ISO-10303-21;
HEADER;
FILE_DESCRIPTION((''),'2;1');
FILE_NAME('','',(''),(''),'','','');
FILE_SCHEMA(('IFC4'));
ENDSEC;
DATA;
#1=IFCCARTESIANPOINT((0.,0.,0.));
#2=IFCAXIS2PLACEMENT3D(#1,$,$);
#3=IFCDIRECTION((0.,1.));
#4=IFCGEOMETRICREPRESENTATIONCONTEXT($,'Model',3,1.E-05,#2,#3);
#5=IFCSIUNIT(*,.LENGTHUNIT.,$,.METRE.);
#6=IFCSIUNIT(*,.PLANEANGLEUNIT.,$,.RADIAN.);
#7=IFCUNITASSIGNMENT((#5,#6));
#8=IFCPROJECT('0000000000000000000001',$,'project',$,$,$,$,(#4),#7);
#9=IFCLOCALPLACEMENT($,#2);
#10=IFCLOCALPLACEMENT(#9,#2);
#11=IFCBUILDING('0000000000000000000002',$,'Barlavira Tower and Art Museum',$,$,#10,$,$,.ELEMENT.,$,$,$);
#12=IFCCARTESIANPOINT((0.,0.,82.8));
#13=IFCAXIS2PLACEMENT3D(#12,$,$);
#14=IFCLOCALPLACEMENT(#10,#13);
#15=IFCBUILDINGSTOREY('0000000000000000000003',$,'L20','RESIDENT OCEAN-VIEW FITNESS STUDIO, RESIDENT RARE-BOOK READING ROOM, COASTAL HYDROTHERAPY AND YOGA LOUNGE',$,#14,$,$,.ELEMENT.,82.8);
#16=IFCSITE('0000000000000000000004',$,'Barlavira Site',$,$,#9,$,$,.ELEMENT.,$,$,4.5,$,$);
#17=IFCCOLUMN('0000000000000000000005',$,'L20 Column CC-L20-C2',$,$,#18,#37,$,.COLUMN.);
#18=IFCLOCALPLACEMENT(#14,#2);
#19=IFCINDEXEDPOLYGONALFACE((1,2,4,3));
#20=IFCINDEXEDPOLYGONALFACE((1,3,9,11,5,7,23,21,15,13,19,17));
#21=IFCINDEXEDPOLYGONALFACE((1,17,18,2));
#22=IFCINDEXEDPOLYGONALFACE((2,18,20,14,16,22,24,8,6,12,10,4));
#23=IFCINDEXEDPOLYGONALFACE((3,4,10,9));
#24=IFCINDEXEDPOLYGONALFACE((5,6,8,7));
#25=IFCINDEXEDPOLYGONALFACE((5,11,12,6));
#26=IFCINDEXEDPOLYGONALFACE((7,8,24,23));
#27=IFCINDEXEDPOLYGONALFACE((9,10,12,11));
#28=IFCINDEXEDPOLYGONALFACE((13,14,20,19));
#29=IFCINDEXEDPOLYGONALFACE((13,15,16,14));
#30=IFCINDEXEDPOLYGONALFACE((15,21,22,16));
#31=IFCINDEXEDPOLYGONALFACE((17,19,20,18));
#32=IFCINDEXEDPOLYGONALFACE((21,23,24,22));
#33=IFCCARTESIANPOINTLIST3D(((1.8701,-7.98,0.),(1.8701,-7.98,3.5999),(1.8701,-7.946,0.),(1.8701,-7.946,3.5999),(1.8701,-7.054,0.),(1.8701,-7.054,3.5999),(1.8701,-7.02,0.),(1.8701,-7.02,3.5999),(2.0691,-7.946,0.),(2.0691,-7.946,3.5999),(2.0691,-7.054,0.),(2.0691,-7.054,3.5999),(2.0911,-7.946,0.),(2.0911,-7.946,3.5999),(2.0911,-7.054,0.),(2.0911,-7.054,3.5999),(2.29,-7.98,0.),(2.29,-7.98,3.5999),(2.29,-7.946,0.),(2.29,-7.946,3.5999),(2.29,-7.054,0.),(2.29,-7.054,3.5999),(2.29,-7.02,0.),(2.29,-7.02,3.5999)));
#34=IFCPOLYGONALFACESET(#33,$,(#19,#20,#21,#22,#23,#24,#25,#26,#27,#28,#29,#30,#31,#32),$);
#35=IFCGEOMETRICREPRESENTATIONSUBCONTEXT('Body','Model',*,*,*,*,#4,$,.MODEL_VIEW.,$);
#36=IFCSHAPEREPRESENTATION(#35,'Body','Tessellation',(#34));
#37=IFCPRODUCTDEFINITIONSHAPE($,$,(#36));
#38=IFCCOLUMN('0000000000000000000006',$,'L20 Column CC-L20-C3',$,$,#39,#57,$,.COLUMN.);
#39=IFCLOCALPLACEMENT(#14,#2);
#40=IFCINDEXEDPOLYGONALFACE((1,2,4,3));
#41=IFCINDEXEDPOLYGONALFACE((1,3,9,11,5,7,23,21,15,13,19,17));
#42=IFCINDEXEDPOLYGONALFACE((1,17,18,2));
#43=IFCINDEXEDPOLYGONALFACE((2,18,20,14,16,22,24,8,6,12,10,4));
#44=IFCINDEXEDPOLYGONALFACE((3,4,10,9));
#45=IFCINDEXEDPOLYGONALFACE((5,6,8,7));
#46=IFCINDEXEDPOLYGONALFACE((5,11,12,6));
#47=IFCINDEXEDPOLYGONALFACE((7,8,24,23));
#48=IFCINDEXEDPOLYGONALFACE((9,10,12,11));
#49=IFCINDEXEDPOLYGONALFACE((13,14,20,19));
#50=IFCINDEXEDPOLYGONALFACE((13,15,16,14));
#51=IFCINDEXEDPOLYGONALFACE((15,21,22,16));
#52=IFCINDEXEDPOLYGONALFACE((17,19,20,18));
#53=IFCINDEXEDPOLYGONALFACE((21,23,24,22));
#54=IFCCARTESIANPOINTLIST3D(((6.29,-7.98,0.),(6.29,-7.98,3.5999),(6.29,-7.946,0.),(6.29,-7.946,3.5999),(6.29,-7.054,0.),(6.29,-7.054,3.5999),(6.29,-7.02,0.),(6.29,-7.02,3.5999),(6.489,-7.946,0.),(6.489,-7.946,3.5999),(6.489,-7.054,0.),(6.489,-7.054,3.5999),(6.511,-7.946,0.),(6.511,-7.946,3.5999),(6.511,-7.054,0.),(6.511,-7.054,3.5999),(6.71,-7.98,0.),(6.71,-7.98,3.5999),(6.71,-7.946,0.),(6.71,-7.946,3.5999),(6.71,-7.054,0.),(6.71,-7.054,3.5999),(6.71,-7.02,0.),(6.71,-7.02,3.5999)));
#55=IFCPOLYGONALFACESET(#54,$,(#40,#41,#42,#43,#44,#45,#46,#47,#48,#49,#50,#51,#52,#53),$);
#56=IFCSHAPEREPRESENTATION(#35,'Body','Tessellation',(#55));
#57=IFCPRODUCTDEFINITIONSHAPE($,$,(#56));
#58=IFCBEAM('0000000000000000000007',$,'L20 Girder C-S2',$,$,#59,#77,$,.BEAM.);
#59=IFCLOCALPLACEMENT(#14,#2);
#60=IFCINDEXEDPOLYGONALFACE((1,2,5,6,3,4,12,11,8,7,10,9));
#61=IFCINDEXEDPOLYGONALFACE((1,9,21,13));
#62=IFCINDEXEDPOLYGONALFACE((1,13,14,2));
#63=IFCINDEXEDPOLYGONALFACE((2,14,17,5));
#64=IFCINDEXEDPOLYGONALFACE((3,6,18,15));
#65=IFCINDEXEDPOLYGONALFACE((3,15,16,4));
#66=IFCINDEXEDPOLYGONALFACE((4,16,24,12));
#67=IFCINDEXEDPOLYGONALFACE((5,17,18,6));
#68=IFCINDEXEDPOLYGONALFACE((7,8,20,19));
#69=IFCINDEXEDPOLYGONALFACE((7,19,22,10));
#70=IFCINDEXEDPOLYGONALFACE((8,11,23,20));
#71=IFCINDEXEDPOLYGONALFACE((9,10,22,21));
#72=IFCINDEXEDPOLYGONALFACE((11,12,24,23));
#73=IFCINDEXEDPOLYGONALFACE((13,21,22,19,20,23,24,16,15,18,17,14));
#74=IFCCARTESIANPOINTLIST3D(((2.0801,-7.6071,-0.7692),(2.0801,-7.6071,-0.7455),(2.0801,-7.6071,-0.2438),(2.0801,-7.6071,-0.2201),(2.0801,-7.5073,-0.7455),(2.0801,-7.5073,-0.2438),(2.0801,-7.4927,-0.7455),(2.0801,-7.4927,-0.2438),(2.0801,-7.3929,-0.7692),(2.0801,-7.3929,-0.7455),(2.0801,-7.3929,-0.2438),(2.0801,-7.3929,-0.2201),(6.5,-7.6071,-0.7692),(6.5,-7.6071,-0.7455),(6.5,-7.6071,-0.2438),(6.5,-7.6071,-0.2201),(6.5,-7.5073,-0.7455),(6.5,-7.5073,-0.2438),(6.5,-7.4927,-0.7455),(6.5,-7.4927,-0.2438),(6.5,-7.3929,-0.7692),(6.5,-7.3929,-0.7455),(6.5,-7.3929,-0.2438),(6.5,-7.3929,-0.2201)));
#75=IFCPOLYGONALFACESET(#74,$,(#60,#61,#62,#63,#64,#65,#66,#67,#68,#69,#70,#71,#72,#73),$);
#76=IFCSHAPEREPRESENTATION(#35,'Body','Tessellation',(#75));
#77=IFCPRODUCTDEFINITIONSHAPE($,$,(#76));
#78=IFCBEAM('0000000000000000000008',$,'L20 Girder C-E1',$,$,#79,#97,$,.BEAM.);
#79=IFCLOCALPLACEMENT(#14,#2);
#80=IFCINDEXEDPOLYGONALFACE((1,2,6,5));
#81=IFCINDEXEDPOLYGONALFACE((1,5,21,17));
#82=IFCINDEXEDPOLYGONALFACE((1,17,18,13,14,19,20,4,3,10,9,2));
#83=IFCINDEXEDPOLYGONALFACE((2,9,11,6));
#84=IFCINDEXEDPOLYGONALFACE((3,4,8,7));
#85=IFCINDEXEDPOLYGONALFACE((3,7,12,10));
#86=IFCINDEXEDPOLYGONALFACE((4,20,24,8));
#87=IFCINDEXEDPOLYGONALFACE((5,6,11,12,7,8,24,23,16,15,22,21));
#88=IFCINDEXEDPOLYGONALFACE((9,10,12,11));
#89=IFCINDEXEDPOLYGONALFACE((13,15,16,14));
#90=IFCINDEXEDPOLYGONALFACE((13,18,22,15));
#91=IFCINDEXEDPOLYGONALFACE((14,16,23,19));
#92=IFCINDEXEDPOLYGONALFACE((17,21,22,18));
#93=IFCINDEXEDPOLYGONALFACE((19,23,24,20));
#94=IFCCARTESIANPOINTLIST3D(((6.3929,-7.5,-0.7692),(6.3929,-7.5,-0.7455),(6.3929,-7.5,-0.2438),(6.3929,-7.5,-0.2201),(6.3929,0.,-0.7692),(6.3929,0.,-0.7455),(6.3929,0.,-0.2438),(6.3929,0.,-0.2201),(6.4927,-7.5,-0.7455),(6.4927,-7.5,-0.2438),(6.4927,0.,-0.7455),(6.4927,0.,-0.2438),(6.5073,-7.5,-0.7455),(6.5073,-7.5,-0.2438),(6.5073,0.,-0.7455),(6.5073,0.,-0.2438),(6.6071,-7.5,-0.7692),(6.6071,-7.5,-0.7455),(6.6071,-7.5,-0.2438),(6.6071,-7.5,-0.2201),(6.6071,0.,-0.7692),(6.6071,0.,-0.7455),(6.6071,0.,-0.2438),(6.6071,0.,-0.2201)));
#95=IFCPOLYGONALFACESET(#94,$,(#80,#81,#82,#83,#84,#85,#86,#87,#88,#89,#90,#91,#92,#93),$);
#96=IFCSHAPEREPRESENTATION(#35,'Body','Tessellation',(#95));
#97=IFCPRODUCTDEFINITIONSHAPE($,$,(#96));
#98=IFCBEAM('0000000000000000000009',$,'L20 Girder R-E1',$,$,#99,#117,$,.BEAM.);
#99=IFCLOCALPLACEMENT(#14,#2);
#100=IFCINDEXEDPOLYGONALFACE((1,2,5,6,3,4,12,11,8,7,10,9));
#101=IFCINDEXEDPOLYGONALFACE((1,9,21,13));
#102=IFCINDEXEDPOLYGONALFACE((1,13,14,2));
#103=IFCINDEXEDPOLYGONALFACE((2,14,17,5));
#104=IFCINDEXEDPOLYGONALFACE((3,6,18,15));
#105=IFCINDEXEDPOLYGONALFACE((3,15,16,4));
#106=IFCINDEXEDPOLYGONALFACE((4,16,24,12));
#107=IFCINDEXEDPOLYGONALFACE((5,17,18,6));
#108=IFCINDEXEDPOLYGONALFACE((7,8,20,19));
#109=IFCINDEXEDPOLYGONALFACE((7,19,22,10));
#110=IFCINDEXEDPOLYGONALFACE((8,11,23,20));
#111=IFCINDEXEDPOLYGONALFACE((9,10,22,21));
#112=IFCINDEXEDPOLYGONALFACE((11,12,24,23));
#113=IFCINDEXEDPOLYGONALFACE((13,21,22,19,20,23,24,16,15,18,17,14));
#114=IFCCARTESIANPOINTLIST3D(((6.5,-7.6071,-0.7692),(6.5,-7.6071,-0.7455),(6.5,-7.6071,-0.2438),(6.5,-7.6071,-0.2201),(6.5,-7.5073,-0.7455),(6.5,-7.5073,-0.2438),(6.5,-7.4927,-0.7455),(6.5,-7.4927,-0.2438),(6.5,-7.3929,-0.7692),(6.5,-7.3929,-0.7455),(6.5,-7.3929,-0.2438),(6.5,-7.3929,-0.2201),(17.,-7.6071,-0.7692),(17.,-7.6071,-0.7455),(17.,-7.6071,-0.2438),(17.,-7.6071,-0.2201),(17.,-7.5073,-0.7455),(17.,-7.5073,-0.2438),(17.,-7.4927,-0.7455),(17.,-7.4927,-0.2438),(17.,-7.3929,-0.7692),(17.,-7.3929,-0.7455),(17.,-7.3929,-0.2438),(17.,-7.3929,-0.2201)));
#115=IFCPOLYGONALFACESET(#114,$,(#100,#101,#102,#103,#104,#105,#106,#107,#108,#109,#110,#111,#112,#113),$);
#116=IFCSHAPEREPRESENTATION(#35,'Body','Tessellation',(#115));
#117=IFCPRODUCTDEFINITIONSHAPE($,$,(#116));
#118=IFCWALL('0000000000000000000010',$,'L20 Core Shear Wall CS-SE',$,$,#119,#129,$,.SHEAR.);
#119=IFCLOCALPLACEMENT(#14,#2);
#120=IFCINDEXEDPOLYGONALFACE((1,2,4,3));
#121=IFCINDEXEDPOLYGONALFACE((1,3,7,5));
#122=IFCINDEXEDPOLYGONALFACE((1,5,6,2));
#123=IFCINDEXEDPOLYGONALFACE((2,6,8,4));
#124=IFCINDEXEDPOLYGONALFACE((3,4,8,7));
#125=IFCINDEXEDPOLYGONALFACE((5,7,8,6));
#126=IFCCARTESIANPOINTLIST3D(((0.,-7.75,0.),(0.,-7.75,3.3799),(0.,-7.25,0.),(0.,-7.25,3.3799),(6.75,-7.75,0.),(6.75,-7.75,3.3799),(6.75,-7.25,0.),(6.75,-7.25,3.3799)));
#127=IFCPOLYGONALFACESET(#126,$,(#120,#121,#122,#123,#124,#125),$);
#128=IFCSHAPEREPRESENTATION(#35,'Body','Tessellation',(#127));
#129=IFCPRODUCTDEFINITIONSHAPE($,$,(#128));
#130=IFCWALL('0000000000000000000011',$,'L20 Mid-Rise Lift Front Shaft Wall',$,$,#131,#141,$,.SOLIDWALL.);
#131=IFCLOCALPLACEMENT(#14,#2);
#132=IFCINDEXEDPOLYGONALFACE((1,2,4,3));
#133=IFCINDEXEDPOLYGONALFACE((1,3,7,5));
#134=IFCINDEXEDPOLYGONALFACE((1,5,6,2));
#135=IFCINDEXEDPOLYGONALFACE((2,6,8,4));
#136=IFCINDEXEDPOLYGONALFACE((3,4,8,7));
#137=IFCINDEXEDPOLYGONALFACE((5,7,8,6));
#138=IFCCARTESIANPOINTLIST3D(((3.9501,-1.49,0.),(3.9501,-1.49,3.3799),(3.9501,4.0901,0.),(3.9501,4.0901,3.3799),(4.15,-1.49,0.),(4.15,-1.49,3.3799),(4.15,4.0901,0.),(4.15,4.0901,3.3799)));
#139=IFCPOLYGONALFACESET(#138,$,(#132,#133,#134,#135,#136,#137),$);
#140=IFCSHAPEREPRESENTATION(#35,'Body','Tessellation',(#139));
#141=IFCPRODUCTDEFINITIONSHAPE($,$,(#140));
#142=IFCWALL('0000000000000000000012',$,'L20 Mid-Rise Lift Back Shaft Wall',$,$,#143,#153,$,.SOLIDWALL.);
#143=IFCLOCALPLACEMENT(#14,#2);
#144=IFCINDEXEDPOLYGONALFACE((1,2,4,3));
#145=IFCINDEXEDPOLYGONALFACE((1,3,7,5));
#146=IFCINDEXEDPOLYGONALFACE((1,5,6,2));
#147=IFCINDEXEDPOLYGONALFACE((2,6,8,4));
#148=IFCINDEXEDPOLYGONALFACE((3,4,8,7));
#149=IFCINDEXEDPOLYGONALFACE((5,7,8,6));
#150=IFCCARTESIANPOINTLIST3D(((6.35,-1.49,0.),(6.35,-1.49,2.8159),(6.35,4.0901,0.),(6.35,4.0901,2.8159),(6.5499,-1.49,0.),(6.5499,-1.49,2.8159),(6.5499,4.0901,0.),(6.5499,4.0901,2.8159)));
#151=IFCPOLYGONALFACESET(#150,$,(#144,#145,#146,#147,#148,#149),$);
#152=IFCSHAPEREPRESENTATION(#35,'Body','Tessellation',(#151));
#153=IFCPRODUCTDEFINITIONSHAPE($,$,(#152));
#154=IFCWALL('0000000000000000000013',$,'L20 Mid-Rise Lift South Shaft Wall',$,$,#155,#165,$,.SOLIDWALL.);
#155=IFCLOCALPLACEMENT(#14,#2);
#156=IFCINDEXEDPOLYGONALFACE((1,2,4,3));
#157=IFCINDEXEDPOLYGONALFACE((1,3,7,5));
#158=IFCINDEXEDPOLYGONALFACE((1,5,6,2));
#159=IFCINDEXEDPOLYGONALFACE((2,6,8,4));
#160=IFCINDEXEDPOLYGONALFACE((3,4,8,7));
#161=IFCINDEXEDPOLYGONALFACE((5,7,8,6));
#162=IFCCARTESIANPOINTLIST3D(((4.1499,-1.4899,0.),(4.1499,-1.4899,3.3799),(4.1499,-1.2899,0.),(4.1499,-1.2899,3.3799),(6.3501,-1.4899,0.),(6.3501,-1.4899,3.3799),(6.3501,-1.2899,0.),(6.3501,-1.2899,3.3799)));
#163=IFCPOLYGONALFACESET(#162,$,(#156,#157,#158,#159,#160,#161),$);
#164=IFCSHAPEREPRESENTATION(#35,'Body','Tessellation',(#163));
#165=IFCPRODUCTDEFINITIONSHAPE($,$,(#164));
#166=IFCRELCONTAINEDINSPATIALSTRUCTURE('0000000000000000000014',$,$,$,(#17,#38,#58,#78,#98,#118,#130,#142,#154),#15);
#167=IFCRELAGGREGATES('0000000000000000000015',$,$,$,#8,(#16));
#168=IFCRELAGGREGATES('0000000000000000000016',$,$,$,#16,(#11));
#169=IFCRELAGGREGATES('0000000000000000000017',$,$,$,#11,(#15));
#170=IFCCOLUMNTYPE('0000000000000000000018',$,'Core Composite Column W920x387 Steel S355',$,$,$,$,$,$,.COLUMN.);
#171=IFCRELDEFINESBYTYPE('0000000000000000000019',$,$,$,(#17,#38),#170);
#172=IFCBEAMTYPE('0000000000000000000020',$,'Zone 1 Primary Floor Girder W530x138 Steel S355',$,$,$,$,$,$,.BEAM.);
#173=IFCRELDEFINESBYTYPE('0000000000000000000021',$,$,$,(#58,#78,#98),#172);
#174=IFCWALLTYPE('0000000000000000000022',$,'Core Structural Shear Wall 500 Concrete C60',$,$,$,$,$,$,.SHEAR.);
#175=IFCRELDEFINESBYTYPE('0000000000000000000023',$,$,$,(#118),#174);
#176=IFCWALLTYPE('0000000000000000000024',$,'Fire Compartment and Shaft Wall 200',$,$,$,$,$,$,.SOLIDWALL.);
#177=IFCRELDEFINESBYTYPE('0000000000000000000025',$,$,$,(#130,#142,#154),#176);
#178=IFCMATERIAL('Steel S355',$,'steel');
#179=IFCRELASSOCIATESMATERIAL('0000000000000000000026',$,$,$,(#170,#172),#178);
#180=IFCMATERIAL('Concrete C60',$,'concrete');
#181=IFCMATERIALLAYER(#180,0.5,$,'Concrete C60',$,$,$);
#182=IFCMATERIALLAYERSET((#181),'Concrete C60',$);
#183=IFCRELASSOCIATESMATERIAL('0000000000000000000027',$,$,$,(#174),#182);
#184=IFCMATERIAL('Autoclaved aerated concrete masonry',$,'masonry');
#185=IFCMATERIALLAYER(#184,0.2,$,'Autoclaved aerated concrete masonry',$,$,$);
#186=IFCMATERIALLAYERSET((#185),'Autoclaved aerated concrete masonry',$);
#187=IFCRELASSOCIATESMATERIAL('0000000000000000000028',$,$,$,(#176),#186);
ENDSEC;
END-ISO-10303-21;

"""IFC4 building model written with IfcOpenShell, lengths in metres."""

from ifc_helpers import new_model, si_unit, direction, frame, frame_2d, origin, origin_2d, place, context, subcontext, project, spatial, rectangle, i_section, extrude, material, layer, layer_set, material_profile, profile_set, type_object, element, save


model = new_model("IFC4")

# Units and contexts
model_context = context("Model", 3, precision=1e-05, world=origin(), true_north=direction((0.0, 1.0)))
body_context = subcontext(model_context, "Body", "Model", "MODEL_VIEW")
ifc_project = project(units=[si_unit("LENGTHUNIT", "METRE"), si_unit("PLANEANGLEUNIT", "RADIAN")], contexts=[model_context])

# Site, building, storey
site_placement = place(None, origin())
site = spatial("IfcSite", under=ifc_project, at=site_placement, Name="Barlavira Site", CompositionType="ELEMENT", RefElevation=4.5)
building_placement = place(site_placement, origin())
building = spatial("IfcBuilding", under=site, at=building_placement, Name="Barlavira Tower and Art Museum", CompositionType="ELEMENT")
storey_placement = place(building_placement, frame((0.0, 0.0, 82.8)))
storey = spatial("IfcBuildingStorey", under=building, at=storey_placement, Name="L20", Description="RESIDENT OCEAN-VIEW FITNESS STUDIO, RESIDENT RARE-BOOK READING ROOM, COASTAL HYDROTHERAPY AND YOGA LOUNGE", CompositionType="ELEMENT", Elevation=82.8)

# Columns
ifc_material_1 = material(Name="Steel S355", Category="steel")
ifc_material_profile_1 = material_profile(ifc_material_1, i_section(OverallWidth=0.4199, OverallDepth=0.96, WebThickness=0.022, FlangeThickness=0.0339, at=origin_2d()), Name="W920x387.0")
ifc_profile_set_1 = profile_set([ifc_material_profile_1], Name="Steel S355")
column_type = type_object("IfcColumnType", Name="Core Composite Column W920x387 Steel S355", PredefinedType="COLUMN", material=ifc_profile_set_1)
for number, where, z_axis, x_axis, name in (
    (1, (2.0801, -7.5, 0.0), (0.0, 0.0, 1.0), (1.0, 0.0, 0.0), "L20 Column CC-L20-C2"),
    (2, (6.5, -7.5, 0.0), (0.0, 0.0, 1.0), (1.0, 0.0, 0.0), "L20 Column CC-L20-C3"),
):
    element("IfcColumn", number, at=place(storey_placement, frame(where, z_axis=z_axis, x_axis=x_axis)), inside=storey, type_object=column_type, Name=name, PredefinedType="COLUMN", context=body_context, shape_type="SweptSolid", body=[
        extrude(i_section(OverallWidth=0.4199, OverallDepth=0.96, WebThickness=0.022, FlangeThickness=0.0339, at=origin_2d()), origin(), (0.0, 0.0, 1.0), 3.5999),
    ])

# Beams
ifc_material_profile_2 = material_profile(ifc_material_1, i_section(OverallWidth=0.2141, OverallDepth=0.5491, WebThickness=0.0146, FlangeThickness=0.0237, at=origin_2d()), Name="W530x138.0")
ifc_profile_set_2 = profile_set([ifc_material_profile_2], Name="Steel S355")
beam_type = type_object("IfcBeamType", Name="Zone 1 Primary Floor Girder W530x138 Steel S355", PredefinedType="BEAM", material=ifc_profile_set_2)
beam_1_placement = place(storey_placement, frame((2.0801, -7.5, -0.4946), z_axis=(1.0, 0.0, 0.0), x_axis=(0.0, 1.0, 0.0)))
element("IfcBeam", 3, at=beam_1_placement, inside=storey, type_object=beam_type, Name="L20 Girder C-S2", PredefinedType="BEAM", context=body_context, shape_type="SweptSolid", body=[
    extrude(i_section(OverallWidth=0.2141, OverallDepth=0.5491, WebThickness=0.0146, FlangeThickness=0.0237, at=origin_2d()), origin(), (0.0, 0.0, 1.0), 4.4199),
])
beam_2_placement = place(storey_placement, frame((6.5, -7.5, -0.4946), z_axis=(0.0, 1.0, 0.0), x_axis=(-1.0, 0.0, 0.0)))
element("IfcBeam", 4, at=beam_2_placement, inside=storey, type_object=beam_type, Name="L20 Girder C-E1", PredefinedType="BEAM", context=body_context, shape_type="SweptSolid", body=[
    extrude(i_section(OverallWidth=0.2141, OverallDepth=0.5491, WebThickness=0.0146, FlangeThickness=0.0237, at=origin_2d()), origin(), (0.0, 0.0, 1.0), 7.5),
])
beam_3_placement = place(storey_placement, frame((6.5, -7.5, -0.4946), z_axis=(1.0, 0.0, 0.0), x_axis=(0.0, 1.0, 0.0)))
element("IfcBeam", 5, at=beam_3_placement, inside=storey, type_object=beam_type, Name="L20 Girder R-E1", PredefinedType="BEAM", context=body_context, shape_type="SweptSolid", body=[
    extrude(i_section(OverallWidth=0.2141, OverallDepth=0.5491, WebThickness=0.0146, FlangeThickness=0.0237, at=origin_2d()), origin(), (0.0, 0.0, 1.0), 10.5),
])

# Wall
ifc_material_2 = material(Name="Concrete C60", Category="concrete")
ifc_layer_1 = layer(ifc_material_2, 0.5, Name="Concrete C60")
ifc_layer_set_1 = layer_set([ifc_layer_1], Name="Concrete C60")
wall_type_1 = type_object("IfcWallType", Name="Core Structural Shear Wall 500 Concrete C60", PredefinedType="SHEAR", material=ifc_layer_set_1)
wall_1_placement = place(storey_placement, frame((0.0, -7.5, 0.0), z_axis=(0.0, 0.0, 1.0), x_axis=(1.0, 0.0, 0.0)))
element("IfcWall", 6, at=wall_1_placement, inside=storey, type_object=wall_type_1, Name="L20 Core Shear Wall CS-SE", PredefinedType="SHEAR", context=body_context, shape_type="SweptSolid", body=[
    extrude(rectangle(XDim=6.75, YDim=0.5, at=frame_2d((3.375, 0.0))), origin(), (0.0, 0.0, 1.0), 3.3799),
])

# Walls
ifc_material_3 = material(Name="Autoclaved aerated concrete masonry", Category="masonry")
ifc_layer_2 = layer(ifc_material_3, 0.2, Name="Autoclaved aerated concrete masonry")
ifc_layer_set_2 = layer_set([ifc_layer_2], Name="Autoclaved aerated concrete masonry")
wall_type_2 = type_object("IfcWallType", Name="Fire Compartment and Shaft Wall 200", PredefinedType="SOLIDWALL", material=ifc_layer_set_2)
wall_2_placement = place(storey_placement, frame((4.05, -1.49, 0.0), z_axis=(0.0, 0.0, 1.0), x_axis=(0.0, 1.0, 0.0)))
element("IfcWall", 7, at=wall_2_placement, inside=storey, type_object=wall_type_2, Name="L20 Mid-Rise Lift Front Shaft Wall", PredefinedType="SOLIDWALL", context=body_context, shape_type="SweptSolid", body=[
    extrude(rectangle(XDim=5.5801, YDim=0.2, at=frame_2d((2.79, 0.0))), origin(), (0.0, 0.0, 1.0), 3.3799),
])
wall_3_placement = place(storey_placement, frame((6.45, -1.49, 0.0), z_axis=(0.0, 0.0, 1.0), x_axis=(0.0, 1.0, 0.0)))
element("IfcWall", 8, at=wall_3_placement, inside=storey, type_object=wall_type_2, Name="L20 Mid-Rise Lift Back Shaft Wall", PredefinedType="SOLIDWALL", context=body_context, shape_type="SweptSolid", body=[
    extrude(rectangle(XDim=5.5801, YDim=0.2, at=frame_2d((2.79, 0.0))), origin(), (0.0, 0.0, 1.0), 2.8159),
])
wall_4_placement = place(storey_placement, frame((4.1499, -1.3899, 0.0), z_axis=(0.0, 0.0, 1.0), x_axis=(1.0, 0.0, 0.0)))
element("IfcWall", 9, at=wall_4_placement, inside=storey, type_object=wall_type_2, Name="L20 Mid-Rise Lift South Shaft Wall", PredefinedType="SOLIDWALL", context=body_context, shape_type="SweptSolid", body=[
    extrude(rectangle(XDim=2.2002, YDim=0.2, at=frame_2d((1.1001, 0.0))), origin(), (0.0, 0.0, 1.0), 3.3799),
])

save(model, "model.ifc")
